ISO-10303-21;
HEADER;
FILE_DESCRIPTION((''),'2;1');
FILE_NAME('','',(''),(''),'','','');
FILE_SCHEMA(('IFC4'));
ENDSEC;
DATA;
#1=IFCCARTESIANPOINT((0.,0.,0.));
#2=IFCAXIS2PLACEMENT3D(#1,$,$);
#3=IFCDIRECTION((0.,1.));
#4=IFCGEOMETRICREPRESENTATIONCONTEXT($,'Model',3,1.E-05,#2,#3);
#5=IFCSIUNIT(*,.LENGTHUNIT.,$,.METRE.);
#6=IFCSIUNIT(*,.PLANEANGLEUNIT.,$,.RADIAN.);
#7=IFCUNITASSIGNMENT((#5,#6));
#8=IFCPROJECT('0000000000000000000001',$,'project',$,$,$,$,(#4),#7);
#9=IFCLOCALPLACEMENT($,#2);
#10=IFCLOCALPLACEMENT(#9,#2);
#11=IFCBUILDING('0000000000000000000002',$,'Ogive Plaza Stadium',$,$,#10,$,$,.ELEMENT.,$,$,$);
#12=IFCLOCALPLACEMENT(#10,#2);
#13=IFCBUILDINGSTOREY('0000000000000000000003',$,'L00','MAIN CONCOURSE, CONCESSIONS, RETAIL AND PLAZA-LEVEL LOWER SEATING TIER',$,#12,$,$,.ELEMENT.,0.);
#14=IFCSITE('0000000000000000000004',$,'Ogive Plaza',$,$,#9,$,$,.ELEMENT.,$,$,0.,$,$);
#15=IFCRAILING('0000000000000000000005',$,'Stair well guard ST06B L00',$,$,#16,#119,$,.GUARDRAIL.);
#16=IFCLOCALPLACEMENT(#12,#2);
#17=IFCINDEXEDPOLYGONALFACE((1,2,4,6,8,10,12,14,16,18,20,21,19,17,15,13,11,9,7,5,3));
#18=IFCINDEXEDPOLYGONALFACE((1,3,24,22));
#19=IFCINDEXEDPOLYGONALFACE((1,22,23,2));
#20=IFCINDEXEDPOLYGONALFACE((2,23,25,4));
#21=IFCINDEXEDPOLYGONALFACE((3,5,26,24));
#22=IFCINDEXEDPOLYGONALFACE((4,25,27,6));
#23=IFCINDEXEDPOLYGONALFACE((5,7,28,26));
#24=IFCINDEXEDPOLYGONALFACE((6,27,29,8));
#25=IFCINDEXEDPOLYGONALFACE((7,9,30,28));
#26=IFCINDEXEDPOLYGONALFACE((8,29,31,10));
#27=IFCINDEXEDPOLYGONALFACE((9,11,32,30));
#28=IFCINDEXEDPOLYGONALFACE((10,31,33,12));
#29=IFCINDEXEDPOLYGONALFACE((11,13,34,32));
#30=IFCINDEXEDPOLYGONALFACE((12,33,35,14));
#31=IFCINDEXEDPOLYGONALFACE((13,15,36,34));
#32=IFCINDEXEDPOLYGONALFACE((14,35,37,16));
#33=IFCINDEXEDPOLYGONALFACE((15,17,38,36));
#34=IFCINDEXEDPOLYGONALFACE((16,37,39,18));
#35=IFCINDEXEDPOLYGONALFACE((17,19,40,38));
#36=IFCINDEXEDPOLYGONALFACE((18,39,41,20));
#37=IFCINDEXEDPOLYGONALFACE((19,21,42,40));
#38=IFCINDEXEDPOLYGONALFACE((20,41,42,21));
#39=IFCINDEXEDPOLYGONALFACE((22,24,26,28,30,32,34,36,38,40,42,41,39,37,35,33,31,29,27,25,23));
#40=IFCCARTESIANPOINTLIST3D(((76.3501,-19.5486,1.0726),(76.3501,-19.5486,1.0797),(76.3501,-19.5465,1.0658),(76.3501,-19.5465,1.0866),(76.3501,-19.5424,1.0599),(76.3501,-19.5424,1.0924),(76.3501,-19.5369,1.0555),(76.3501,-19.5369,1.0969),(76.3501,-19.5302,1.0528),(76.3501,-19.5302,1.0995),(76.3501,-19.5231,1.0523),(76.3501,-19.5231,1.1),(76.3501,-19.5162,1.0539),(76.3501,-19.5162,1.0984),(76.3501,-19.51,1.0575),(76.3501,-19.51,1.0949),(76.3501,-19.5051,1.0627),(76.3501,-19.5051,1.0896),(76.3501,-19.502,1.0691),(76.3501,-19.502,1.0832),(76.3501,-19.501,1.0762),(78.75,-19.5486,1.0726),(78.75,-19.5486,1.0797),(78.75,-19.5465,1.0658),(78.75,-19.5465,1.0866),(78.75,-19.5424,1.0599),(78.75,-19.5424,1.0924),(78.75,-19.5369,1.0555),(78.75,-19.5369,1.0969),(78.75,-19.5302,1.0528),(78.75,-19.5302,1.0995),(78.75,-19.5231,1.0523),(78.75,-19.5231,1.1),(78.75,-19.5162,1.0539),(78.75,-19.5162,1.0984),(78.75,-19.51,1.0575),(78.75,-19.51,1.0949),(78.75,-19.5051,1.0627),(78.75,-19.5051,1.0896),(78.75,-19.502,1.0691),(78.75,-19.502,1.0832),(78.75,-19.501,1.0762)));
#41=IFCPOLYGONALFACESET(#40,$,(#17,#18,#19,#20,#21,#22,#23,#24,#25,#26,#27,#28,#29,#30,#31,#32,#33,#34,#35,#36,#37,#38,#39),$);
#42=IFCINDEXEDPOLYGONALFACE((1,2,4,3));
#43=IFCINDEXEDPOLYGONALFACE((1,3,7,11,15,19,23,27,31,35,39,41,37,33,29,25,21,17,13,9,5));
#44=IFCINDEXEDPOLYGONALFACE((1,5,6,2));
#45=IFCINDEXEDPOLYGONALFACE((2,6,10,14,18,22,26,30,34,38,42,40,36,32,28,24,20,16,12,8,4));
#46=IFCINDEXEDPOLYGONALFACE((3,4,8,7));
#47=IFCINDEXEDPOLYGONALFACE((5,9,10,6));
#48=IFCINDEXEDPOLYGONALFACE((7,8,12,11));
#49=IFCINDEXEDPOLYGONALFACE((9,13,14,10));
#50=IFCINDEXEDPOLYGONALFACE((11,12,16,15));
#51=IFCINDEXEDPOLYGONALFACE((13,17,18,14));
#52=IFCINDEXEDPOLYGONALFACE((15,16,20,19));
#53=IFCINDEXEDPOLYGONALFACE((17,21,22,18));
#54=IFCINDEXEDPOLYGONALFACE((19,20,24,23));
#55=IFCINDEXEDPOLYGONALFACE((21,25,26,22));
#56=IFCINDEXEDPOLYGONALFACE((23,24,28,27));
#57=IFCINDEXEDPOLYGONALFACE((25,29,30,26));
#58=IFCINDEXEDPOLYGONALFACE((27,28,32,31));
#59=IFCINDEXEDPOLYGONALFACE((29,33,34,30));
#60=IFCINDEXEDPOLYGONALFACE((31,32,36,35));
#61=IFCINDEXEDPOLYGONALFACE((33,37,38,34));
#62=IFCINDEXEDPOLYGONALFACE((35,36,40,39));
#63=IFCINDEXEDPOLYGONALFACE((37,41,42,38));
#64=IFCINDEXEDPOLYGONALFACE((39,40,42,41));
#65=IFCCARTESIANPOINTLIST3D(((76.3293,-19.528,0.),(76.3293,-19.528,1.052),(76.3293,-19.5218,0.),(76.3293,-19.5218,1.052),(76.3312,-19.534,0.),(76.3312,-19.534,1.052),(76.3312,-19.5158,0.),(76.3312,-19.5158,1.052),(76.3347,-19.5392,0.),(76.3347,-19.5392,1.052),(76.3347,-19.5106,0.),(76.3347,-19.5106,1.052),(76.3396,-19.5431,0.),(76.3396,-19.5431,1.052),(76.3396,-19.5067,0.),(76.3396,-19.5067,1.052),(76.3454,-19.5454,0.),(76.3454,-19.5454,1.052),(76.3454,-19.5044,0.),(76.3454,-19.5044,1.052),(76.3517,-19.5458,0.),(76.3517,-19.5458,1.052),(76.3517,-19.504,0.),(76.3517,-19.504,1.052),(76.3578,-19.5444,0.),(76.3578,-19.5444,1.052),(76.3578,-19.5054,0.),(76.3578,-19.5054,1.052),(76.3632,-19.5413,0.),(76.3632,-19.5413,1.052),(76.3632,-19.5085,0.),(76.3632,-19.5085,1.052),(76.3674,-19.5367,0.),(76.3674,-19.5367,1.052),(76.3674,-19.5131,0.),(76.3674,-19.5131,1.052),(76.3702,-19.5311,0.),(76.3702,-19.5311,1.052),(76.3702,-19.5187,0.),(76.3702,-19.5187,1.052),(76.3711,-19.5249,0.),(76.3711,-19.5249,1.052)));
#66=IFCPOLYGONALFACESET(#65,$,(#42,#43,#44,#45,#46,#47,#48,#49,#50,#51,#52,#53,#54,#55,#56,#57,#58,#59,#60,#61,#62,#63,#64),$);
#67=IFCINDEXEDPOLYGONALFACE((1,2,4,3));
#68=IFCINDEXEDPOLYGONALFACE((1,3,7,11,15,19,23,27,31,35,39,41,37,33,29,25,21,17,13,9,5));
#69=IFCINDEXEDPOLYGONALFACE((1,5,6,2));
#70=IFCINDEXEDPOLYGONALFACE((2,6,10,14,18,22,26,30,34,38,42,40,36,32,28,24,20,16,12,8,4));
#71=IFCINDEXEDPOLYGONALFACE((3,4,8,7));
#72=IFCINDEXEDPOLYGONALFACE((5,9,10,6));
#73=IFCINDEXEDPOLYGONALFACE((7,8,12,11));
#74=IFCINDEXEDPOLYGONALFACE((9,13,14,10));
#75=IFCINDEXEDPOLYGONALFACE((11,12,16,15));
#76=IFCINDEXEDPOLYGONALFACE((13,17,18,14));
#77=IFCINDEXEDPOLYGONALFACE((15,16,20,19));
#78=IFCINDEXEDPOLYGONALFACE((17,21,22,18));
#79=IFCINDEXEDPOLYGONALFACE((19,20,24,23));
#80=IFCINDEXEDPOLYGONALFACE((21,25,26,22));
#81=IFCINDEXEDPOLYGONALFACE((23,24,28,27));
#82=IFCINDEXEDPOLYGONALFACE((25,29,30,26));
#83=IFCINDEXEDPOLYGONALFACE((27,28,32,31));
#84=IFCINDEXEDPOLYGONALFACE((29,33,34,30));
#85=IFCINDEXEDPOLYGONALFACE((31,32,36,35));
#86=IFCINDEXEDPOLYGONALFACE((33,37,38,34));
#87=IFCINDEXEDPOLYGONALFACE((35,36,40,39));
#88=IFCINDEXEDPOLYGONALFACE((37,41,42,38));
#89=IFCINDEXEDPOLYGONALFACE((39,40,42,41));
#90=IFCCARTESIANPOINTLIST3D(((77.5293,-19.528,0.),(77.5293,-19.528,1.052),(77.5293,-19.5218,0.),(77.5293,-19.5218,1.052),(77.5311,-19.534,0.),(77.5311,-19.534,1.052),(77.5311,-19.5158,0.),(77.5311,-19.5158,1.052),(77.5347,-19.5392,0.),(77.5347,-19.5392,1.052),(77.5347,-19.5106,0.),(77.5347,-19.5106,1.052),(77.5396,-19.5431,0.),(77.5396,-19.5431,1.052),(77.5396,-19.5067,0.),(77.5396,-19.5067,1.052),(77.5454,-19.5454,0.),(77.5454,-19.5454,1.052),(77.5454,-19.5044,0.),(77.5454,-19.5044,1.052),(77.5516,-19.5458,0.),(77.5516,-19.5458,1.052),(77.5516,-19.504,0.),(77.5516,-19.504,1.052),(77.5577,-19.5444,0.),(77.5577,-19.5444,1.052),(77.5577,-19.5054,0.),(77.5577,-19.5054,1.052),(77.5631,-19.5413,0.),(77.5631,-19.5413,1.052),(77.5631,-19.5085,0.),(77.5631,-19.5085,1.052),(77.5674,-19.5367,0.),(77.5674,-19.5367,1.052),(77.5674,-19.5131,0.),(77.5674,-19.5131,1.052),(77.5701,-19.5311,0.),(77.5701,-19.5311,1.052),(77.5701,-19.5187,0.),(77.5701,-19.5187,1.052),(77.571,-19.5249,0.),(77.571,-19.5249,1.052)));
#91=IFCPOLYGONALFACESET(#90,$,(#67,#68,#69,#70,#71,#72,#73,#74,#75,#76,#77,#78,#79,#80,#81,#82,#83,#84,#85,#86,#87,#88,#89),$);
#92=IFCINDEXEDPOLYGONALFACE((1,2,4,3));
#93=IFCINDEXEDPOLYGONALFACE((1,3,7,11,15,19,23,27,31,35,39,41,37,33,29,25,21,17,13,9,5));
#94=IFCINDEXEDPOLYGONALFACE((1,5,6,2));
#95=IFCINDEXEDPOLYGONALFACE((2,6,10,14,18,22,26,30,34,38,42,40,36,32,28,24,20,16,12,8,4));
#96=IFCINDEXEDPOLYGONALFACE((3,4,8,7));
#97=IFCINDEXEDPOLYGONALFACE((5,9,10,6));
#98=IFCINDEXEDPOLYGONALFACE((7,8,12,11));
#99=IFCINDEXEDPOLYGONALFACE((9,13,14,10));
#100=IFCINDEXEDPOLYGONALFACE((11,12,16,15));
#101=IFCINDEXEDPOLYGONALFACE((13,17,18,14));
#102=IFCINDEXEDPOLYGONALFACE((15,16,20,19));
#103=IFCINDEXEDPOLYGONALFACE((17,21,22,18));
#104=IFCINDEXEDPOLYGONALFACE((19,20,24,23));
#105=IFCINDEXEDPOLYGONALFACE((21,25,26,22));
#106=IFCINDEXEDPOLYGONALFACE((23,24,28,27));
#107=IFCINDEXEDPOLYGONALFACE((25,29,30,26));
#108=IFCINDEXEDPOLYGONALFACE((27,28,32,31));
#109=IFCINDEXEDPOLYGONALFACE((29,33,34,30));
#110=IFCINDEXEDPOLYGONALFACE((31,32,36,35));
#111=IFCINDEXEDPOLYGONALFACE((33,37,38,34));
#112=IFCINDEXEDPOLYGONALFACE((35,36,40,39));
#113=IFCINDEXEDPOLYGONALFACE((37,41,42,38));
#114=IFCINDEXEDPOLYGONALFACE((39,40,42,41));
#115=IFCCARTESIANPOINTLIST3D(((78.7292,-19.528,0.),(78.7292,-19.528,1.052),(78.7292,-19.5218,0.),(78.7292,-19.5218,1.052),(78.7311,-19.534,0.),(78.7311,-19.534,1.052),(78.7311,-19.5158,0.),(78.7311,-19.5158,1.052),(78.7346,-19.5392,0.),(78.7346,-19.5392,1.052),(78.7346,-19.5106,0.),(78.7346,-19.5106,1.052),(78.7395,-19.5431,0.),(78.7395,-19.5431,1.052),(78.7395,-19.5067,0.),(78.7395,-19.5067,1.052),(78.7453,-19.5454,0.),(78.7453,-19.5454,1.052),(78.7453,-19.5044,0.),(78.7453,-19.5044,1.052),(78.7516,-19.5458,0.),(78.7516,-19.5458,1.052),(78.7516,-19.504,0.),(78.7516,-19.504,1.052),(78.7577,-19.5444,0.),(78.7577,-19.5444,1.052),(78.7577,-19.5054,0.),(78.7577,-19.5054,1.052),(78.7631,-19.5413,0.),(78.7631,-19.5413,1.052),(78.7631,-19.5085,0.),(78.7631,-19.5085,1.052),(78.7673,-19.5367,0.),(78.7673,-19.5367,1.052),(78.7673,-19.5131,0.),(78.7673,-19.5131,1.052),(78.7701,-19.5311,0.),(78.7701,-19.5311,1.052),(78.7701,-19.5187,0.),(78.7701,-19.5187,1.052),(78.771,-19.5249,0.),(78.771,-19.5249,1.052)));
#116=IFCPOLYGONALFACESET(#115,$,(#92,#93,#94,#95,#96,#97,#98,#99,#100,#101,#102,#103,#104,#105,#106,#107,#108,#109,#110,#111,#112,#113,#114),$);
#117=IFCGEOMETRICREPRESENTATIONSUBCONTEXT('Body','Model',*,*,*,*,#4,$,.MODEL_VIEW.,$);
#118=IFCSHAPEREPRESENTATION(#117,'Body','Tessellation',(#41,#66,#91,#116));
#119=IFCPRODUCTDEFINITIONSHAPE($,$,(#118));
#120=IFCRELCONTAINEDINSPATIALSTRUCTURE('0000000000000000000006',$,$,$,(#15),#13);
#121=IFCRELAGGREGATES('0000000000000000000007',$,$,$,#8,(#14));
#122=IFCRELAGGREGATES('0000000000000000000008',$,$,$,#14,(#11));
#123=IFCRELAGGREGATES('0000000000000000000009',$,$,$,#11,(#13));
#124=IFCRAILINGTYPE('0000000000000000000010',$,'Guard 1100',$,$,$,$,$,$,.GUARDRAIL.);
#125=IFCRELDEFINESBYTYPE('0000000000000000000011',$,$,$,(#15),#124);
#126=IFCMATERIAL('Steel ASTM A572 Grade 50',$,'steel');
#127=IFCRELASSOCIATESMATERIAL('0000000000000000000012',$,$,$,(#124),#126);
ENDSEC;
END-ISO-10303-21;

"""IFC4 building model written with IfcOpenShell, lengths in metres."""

from ifc_helpers import new_model, si_unit, direction, frame, origin, origin_2d, place, context, subcontext, project, spatial, circle, extrude, material, type_object, element, save


model = new_model("IFC4")

# Units and contexts
model_context = context("Model", 3, precision=1e-05, world=origin(), true_north=direction((0.0, 1.0)))
body_context = subcontext(model_context, "Body", "Model", "MODEL_VIEW")
ifc_project = project(units=[si_unit("LENGTHUNIT", "METRE"), si_unit("PLANEANGLEUNIT", "RADIAN")], contexts=[model_context])

# Site, building, storey
site_placement = place(None, origin())
site = spatial("IfcSite", under=ifc_project, at=site_placement, Name="Ogive Plaza", CompositionType="ELEMENT", RefElevation=0.0)
building_placement = place(site_placement, origin())
building = spatial("IfcBuilding", under=site, at=building_placement, Name="Ogive Plaza Stadium", CompositionType="ELEMENT")
storey_placement = place(building_placement, origin())
storey = spatial("IfcBuildingStorey", under=building, at=storey_placement, Name="L00", Description="MAIN CONCOURSE, CONCESSIONS, RETAIL AND PLAZA-LEVEL LOWER SEATING TIER", CompositionType="ELEMENT", Elevation=0.0)

# Railing
ifc_material_1 = material(Name="Steel ASTM A572 Grade 50", Category="steel")
railing_type_1 = type_object("IfcRailingType", Name="Guard 1100", PredefinedType="GUARDRAIL", material=ifc_material_1)
railing_1_placement = place(storey_placement, frame((76.3501, -19.5249, 0.0)))
element("IfcRailing", 1, at=railing_1_placement, inside=storey, type_object=railing_type_1, Name="Stair well guard ST06B L00", PredefinedType="GUARDRAIL", context=body_context, shape_type="SweptSolid", body=[
    extrude(circle(Radius=0.0239, at=origin_2d()), frame((0.0, 0.0, 1.0762), z_axis=(1.0, 0.0, 0.0), x_axis=(0.0, 1.0, 0.0)), (0.0, 0.0, 1.0), 2.3999),
    extrude(circle(Radius=0.021, at=origin_2d()), origin(), (0.0, 0.0, 1.0), 1.052),
    extrude(circle(Radius=0.021, at=origin_2d()), frame((1.2, 0.0, 0.0)), (0.0, 0.0, 1.0), 1.052),
    extrude(circle(Radius=0.021, at=origin_2d()), frame((2.3999, 0.0, 0.0)), (0.0, 0.0, 1.0), 1.052),
])

save(model, "model.ifc")
